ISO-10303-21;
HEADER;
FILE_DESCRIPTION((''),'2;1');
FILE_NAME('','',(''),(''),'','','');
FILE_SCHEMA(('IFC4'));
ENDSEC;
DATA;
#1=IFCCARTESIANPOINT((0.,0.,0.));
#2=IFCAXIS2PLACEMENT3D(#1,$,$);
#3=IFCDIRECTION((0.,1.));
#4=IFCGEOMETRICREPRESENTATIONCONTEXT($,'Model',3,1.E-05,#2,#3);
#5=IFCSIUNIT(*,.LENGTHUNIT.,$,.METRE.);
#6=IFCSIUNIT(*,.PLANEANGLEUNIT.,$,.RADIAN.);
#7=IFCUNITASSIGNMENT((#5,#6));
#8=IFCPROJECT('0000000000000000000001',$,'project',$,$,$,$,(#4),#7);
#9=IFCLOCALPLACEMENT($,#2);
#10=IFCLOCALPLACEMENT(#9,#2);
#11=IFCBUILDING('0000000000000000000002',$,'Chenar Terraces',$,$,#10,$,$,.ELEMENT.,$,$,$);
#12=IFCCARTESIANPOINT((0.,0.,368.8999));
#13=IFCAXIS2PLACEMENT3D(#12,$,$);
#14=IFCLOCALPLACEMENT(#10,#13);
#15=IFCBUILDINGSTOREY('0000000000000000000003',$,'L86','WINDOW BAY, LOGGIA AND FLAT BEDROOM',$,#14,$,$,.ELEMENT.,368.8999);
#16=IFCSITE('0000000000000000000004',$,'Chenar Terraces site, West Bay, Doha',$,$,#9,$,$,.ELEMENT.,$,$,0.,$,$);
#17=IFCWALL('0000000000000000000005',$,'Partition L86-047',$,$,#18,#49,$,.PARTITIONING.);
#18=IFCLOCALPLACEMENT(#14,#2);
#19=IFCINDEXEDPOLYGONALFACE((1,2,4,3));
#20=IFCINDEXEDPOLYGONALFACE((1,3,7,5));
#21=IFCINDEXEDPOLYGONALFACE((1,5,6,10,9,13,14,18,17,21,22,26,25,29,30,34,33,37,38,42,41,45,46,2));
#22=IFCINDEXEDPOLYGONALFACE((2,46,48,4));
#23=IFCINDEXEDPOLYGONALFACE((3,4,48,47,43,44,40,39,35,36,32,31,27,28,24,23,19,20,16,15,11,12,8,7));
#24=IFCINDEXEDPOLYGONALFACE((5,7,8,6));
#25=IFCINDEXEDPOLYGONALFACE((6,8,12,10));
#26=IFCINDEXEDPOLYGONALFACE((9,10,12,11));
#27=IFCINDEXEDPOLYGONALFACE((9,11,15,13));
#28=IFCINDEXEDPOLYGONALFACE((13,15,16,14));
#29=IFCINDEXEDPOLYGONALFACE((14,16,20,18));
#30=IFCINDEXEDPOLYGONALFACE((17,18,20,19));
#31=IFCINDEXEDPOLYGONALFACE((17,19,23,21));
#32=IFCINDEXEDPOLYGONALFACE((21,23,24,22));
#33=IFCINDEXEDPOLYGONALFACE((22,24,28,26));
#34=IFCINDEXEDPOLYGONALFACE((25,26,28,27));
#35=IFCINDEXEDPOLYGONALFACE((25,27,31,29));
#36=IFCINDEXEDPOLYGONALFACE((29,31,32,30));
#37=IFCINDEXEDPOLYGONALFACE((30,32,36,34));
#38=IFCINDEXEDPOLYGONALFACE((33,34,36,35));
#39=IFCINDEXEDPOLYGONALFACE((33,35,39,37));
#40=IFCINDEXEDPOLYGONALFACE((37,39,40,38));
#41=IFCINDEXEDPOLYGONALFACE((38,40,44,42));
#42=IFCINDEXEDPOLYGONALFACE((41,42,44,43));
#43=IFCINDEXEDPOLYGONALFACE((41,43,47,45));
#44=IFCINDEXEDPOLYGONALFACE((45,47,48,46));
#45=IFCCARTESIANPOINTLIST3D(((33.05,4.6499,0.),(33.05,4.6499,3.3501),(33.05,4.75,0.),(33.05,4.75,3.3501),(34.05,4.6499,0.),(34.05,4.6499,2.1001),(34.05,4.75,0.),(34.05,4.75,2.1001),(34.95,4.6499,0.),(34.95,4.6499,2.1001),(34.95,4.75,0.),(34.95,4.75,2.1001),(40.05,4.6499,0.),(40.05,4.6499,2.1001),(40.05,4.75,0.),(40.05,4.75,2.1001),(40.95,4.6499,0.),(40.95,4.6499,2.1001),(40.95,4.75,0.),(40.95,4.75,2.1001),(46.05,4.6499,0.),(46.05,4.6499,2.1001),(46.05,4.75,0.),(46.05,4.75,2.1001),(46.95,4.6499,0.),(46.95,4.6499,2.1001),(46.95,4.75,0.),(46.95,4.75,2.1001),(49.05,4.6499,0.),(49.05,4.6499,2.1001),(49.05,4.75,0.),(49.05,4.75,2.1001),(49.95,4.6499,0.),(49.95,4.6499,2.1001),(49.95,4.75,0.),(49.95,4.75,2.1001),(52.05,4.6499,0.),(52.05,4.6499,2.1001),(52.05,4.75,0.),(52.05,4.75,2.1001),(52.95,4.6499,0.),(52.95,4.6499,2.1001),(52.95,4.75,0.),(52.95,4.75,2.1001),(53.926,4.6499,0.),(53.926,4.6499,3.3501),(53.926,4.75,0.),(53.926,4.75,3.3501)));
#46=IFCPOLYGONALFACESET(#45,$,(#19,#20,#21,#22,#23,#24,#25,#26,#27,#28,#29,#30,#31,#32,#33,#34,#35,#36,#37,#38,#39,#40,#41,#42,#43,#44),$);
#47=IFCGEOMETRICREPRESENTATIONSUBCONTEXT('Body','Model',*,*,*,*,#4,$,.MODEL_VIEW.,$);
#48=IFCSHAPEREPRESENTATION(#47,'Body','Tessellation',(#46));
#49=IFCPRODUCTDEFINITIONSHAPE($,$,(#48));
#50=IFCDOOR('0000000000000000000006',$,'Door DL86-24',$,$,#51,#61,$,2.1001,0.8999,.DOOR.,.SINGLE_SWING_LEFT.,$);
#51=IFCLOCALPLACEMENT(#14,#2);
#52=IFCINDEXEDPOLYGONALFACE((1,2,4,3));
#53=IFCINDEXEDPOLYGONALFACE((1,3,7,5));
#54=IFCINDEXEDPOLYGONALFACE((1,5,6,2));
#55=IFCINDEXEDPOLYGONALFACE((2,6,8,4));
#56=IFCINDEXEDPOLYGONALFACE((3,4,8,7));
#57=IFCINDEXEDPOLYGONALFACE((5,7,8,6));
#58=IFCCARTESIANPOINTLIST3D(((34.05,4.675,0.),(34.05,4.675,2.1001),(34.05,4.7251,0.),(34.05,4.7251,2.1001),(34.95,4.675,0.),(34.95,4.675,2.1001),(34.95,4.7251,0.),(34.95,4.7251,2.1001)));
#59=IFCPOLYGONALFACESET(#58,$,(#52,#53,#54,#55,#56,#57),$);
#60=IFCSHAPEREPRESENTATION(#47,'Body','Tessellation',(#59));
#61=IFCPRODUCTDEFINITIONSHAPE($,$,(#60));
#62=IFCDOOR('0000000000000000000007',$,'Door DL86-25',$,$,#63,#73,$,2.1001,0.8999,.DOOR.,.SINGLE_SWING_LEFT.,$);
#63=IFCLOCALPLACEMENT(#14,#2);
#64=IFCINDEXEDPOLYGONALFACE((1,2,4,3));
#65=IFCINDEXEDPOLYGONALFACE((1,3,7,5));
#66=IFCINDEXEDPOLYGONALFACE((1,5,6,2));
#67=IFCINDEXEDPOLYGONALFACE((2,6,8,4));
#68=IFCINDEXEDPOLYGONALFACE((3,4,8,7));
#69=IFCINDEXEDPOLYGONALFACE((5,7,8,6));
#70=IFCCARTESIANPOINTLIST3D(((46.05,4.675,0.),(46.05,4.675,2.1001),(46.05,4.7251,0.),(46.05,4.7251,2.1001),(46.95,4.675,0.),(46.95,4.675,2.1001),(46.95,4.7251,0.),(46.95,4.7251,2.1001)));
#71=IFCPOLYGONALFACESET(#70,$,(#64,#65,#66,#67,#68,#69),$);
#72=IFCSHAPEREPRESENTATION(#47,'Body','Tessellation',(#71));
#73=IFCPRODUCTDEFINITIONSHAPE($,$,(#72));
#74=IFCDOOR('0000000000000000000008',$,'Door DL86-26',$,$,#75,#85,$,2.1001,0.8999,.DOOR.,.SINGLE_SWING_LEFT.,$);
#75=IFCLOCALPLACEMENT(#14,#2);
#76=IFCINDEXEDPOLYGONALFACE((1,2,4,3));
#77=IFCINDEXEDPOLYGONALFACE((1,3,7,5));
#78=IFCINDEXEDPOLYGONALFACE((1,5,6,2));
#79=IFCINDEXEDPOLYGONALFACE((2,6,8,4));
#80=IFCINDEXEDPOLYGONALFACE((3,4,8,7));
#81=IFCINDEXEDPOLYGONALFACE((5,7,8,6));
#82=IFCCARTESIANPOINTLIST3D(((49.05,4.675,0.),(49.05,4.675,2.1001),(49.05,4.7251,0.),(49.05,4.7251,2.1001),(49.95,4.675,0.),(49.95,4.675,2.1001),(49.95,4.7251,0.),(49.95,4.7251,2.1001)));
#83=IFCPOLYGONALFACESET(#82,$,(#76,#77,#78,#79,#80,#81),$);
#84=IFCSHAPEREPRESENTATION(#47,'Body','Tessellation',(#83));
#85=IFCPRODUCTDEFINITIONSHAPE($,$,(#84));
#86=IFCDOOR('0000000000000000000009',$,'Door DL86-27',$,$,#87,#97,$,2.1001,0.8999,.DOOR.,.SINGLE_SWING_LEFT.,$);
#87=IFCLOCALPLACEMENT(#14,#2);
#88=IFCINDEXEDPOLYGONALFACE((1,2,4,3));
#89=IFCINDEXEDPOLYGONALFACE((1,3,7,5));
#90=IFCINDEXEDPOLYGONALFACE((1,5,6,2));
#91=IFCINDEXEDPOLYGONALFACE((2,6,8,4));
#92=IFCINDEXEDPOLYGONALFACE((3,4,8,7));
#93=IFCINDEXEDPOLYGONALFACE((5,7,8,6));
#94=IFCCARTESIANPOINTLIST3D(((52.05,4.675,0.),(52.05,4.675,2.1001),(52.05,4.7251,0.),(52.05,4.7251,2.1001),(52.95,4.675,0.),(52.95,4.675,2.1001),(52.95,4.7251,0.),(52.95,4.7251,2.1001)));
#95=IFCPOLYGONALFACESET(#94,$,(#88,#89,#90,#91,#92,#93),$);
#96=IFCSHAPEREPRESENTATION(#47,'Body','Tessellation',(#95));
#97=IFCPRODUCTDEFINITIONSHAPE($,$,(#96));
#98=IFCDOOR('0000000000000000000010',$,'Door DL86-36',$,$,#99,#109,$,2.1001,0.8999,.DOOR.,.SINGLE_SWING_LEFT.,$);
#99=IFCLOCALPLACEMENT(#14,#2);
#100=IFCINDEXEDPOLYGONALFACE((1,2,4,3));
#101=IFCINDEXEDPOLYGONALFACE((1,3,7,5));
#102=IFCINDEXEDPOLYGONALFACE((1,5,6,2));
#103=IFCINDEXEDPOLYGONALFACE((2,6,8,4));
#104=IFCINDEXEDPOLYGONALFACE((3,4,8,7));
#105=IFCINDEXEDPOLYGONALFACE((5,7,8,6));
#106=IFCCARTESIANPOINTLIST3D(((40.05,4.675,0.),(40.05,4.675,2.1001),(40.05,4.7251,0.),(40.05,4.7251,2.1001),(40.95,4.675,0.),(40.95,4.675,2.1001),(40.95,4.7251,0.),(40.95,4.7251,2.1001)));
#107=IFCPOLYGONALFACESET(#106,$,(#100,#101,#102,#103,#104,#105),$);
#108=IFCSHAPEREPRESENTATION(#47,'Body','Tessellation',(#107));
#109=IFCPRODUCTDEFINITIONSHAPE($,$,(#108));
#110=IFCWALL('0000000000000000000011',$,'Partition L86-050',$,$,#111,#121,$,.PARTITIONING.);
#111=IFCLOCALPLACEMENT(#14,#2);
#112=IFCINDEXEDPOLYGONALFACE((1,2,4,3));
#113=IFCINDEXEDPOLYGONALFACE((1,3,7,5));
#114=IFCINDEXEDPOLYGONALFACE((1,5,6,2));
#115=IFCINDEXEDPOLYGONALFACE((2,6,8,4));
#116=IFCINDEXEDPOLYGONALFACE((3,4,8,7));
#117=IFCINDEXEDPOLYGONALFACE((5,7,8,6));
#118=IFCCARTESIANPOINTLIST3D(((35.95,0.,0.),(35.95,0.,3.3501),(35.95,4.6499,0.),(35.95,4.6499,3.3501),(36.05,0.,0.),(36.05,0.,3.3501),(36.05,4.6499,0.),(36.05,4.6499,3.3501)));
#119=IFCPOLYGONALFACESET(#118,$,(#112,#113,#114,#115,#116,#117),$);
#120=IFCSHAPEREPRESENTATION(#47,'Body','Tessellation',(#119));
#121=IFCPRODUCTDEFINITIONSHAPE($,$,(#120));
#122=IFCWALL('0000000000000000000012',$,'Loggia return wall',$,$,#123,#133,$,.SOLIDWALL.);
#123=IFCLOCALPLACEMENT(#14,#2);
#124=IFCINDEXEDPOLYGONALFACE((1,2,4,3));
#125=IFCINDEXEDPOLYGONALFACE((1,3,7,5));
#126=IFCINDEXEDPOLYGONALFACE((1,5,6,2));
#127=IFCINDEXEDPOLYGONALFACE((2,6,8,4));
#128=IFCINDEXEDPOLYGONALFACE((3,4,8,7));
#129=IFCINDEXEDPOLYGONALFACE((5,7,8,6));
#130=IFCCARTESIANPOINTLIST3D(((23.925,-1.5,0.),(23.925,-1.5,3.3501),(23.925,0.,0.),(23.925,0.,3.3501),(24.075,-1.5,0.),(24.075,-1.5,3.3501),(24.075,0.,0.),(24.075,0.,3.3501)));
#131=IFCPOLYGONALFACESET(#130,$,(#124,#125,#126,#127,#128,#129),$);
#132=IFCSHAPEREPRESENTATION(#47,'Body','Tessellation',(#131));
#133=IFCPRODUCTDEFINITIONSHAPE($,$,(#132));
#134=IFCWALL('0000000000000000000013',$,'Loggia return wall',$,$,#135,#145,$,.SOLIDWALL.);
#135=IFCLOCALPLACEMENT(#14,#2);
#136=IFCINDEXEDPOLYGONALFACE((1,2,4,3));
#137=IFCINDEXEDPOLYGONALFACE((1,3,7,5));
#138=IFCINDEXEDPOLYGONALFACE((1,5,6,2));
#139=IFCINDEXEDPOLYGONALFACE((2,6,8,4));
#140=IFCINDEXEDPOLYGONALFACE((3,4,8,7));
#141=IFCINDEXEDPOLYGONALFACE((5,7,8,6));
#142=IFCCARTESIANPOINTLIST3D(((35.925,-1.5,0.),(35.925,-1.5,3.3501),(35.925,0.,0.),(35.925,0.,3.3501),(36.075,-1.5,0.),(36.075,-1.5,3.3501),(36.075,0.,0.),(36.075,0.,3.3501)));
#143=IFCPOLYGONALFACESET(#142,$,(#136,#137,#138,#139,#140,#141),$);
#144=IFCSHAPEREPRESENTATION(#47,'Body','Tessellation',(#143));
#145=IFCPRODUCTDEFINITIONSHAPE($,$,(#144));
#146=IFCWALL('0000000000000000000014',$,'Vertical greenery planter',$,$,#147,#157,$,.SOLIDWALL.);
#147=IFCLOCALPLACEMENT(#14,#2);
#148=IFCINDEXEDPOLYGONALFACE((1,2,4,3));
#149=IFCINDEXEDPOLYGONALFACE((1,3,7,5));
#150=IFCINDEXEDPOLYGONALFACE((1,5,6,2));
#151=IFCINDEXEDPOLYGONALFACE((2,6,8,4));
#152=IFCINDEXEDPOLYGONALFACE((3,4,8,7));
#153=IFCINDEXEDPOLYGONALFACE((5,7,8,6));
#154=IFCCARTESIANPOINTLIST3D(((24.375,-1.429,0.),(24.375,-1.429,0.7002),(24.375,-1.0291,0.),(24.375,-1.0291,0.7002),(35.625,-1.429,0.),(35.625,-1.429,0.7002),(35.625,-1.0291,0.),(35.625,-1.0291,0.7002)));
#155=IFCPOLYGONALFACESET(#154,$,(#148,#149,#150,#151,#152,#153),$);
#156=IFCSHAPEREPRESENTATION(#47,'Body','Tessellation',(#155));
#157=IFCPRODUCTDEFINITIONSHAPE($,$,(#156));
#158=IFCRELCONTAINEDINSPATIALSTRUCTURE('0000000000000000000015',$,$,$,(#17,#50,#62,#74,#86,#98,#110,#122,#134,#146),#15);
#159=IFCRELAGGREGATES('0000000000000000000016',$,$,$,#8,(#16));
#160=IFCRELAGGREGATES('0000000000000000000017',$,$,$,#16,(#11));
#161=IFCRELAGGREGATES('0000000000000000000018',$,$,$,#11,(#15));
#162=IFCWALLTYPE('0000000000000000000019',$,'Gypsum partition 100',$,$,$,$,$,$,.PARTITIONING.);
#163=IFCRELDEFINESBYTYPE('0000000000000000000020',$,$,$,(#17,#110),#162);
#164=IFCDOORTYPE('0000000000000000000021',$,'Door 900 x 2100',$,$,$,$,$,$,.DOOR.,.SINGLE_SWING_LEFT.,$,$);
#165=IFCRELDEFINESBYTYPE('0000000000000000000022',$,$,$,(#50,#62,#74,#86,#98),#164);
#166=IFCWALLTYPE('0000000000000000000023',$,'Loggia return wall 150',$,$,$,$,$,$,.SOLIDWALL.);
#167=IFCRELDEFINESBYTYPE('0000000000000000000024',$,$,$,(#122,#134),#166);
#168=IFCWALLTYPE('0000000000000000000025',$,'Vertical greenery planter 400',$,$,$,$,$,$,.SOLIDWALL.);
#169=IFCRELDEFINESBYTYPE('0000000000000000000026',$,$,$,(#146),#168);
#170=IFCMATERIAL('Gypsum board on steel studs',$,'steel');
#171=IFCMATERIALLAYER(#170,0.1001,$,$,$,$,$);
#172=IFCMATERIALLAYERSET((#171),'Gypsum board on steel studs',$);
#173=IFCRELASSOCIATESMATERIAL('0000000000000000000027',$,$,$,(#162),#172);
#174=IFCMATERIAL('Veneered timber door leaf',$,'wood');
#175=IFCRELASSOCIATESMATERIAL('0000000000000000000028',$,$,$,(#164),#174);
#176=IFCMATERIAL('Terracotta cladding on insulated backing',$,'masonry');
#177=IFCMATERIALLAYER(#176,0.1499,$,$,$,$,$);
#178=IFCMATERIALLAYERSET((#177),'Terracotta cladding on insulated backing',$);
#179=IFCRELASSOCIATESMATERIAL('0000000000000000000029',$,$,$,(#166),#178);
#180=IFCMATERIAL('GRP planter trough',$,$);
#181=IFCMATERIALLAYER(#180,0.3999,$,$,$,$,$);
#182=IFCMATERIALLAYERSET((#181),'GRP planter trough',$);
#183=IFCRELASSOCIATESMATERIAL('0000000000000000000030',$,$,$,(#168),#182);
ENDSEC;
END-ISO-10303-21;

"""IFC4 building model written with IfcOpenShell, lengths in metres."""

from ifc_helpers import new_model, si_unit, direction, frame, frame_2d, origin, place, context, subcontext, project, spatial, rectangle, extrude, material, layer, layer_set, type_object, element, fill, save


model = new_model("IFC4")

# Units and contexts
model_context = context("Model", 3, precision=1e-05, world=origin(), true_north=direction((0.0, 1.0)))
body_context = subcontext(model_context, "Body", "Model", "MODEL_VIEW")
ifc_project = project(units=[si_unit("LENGTHUNIT", "METRE"), si_unit("PLANEANGLEUNIT", "RADIAN")], contexts=[model_context])

# Site, building, storey
site_placement = place(None, origin())
site = spatial("IfcSite", under=ifc_project, at=site_placement, Name="Chenar Terraces site, West Bay, Doha", CompositionType="ELEMENT", RefElevation=0.0)
building_placement = place(site_placement, origin())
building = spatial("IfcBuilding", under=site, at=building_placement, Name="Chenar Terraces", CompositionType="ELEMENT")
storey_placement = place(building_placement, frame((0.0, 0.0, 368.8999)))
storey = spatial("IfcBuildingStorey", under=building, at=storey_placement, Name="L86", Description="WINDOW BAY, LOGGIA AND FLAT BEDROOM", CompositionType="ELEMENT", Elevation=368.8999)

# Shared definitions
ifc_material_1 = material(Name="Gypsum board on steel studs", Category="steel")
ifc_layer_1 = layer(ifc_material_1, 0.1001)
ifc_layer_set_1 = layer_set([ifc_layer_1], Name="Gypsum board on steel studs")
wall_type_1 = type_object("IfcWallType", Name="Gypsum partition 100", PredefinedType="PARTITIONING", material=ifc_layer_set_1)

# Wall, openings, doors
wall_1_placement = place(storey_placement, frame((33.05, 4.7, 0.0), z_axis=(0.0, 0.0, 1.0), x_axis=(1.0, 0.0, 0.0)))
wall_1 = element("IfcWall", 1, at=wall_1_placement, inside=storey, type_object=wall_type_1, Name="Partition L86-047", PredefinedType="PARTITIONING", context=body_context, shape_type="SweptSolid", body=[
    extrude(rectangle(XDim=20.876, YDim=0.1001, at=frame_2d((10.438, 0.0))), origin(), (0.0, 0.0, 1.0), 3.3501),
])
opening_1_placement = place(wall_1_placement, frame((1.0, 0.0, 0.0)))
opening_1 = element("IfcOpeningElement", 2, at=opening_1_placement, cuts=wall_1, PredefinedType="OPENING", context=body_context, shape_type="SweptSolid", body=[
    extrude(rectangle(XDim=0.8999, YDim=2.1001, at=frame_2d((0.45, 1.05))), frame((0.0, 0.0601, 0.0), z_axis=(0.0, -1.0, 0.0), x_axis=(1.0, 0.0, 0.0)), (0.0, 0.0, 1.0), 0.1201),
])
opening_2_placement = place(wall_1_placement, frame((13.0, 0.0, 0.0)))
opening_2 = element("IfcOpeningElement", 3, at=opening_2_placement, cuts=wall_1, PredefinedType="OPENING", context=body_context, shape_type="SweptSolid", body=[
    extrude(rectangle(XDim=0.8999, YDim=2.1001, at=frame_2d((0.45, 1.05))), frame((0.0, 0.0601, 0.0), z_axis=(0.0, -1.0, 0.0), x_axis=(1.0, 0.0, 0.0)), (0.0, 0.0, 1.0), 0.1201),
])
opening_3_placement = place(wall_1_placement, frame((16.0, 0.0, 0.0)))
opening_3 = element("IfcOpeningElement", 4, at=opening_3_placement, cuts=wall_1, PredefinedType="OPENING", context=body_context, shape_type="SweptSolid", body=[
    extrude(rectangle(XDim=0.8999, YDim=2.1001, at=frame_2d((0.45, 1.05))), frame((0.0, 0.0601, 0.0), z_axis=(0.0, -1.0, 0.0), x_axis=(1.0, 0.0, 0.0)), (0.0, 0.0, 1.0), 0.1201),
])
opening_4_placement = place(wall_1_placement, frame((19.0, 0.0, 0.0)))
opening_4 = element("IfcOpeningElement", 5, at=opening_4_placement, cuts=wall_1, PredefinedType="OPENING", context=body_context, shape_type="SweptSolid", body=[
    extrude(rectangle(XDim=0.8999, YDim=2.1001, at=frame_2d((0.45, 1.05))), frame((0.0, 0.0601, 0.0), z_axis=(0.0, -1.0, 0.0), x_axis=(1.0, 0.0, 0.0)), (0.0, 0.0, 1.0), 0.1201),
])
opening_5_placement = place(wall_1_placement, frame((7.0, 0.0, 0.0)))
opening_5 = element("IfcOpeningElement", 6, at=opening_5_placement, cuts=wall_1, PredefinedType="OPENING", context=body_context, shape_type="SweptSolid", body=[
    extrude(rectangle(XDim=0.8999, YDim=2.1001, at=frame_2d((0.45, 1.05))), frame((0.0, 0.0601, 0.0), z_axis=(0.0, -1.0, 0.0), x_axis=(1.0, 0.0, 0.0)), (0.0, 0.0, 1.0), 0.1201),
])
ifc_material_2 = material(Name="Veneered timber door leaf", Category="wood")
door_type_1 = type_object("IfcDoorType", Name="Door 900 x 2100", OperationType="SINGLE_SWING_LEFT", PredefinedType="DOOR", material=ifc_material_2)
door_1_placement = place(opening_1_placement, frame((0.8999, 0.0, 0.0), z_axis=(0.0, 0.0, 1.0), x_axis=(-1.0, 0.0, 0.0)))
door_1 = element("IfcDoor", 7, at=door_1_placement, inside=storey, type_object=door_type_1, Name="Door DL86-24", OperationType="SINGLE_SWING_LEFT", OverallHeight=2.1001, OverallWidth=0.8999, PredefinedType="DOOR", context=body_context, shape_type="SweptSolid", body=[
    extrude(rectangle(XDim=0.8999, YDim=2.1001, at=frame_2d((0.45, 1.05))), frame((0.0, 0.0249, 0.0), z_axis=(0.0, -1.0, 0.0), x_axis=(1.0, 0.0, 0.0)), (0.0, 0.0, 1.0), 0.05),
])
fill(opening_1, door_1)
door_2_placement = place(opening_2_placement, frame((0.8999, 0.0, 0.0), z_axis=(0.0, 0.0, 1.0), x_axis=(-1.0, 0.0, 0.0)))
door_2 = element("IfcDoor", 8, at=door_2_placement, inside=storey, type_object=door_type_1, Name="Door DL86-25", OperationType="SINGLE_SWING_LEFT", OverallHeight=2.1001, OverallWidth=0.8999, PredefinedType="DOOR", context=body_context, shape_type="SweptSolid", body=[
    extrude(rectangle(XDim=0.8999, YDim=2.1001, at=frame_2d((0.45, 1.05))), frame((0.0, 0.0249, 0.0), z_axis=(0.0, -1.0, 0.0), x_axis=(1.0, 0.0, 0.0)), (0.0, 0.0, 1.0), 0.05),
])
fill(opening_2, door_2)
door_3_placement = place(opening_3_placement, frame((0.8999, 0.0, 0.0), z_axis=(0.0, 0.0, 1.0), x_axis=(-1.0, 0.0, 0.0)))
door_3 = element("IfcDoor", 9, at=door_3_placement, inside=storey, type_object=door_type_1, Name="Door DL86-26", OperationType="SINGLE_SWING_LEFT", OverallHeight=2.1001, OverallWidth=0.8999, PredefinedType="DOOR", context=body_context, shape_type="SweptSolid", body=[
    extrude(rectangle(XDim=0.8999, YDim=2.1001, at=frame_2d((0.45, 1.05))), frame((0.0, 0.0249, 0.0), z_axis=(0.0, -1.0, 0.0), x_axis=(1.0, 0.0, 0.0)), (0.0, 0.0, 1.0), 0.05),
])
fill(opening_3, door_3)
door_4_placement = place(opening_4_placement, frame((0.8999, 0.0, 0.0), z_axis=(0.0, 0.0, 1.0), x_axis=(-1.0, 0.0, 0.0)))
door_4 = element("IfcDoor", 10, at=door_4_placement, inside=storey, type_object=door_type_1, Name="Door DL86-27", OperationType="SINGLE_SWING_LEFT", OverallHeight=2.1001, OverallWidth=0.8999, PredefinedType="DOOR", context=body_context, shape_type="SweptSolid", body=[
    extrude(rectangle(XDim=0.8999, YDim=2.1001, at=frame_2d((0.45, 1.05))), frame((0.0, 0.0249, 0.0), z_axis=(0.0, -1.0, 0.0), x_axis=(1.0, 0.0, 0.0)), (0.0, 0.0, 1.0), 0.05),
])
fill(opening_4, door_4)
door_5_placement = place(opening_5_placement, frame((0.8999, 0.0, 0.0), z_axis=(0.0, 0.0, 1.0), x_axis=(-1.0, 0.0, 0.0)))
door_5 = element("IfcDoor", 11, at=door_5_placement, inside=storey, type_object=door_type_1, Name="Door DL86-36", OperationType="SINGLE_SWING_LEFT", OverallHeight=2.1001, OverallWidth=0.8999, PredefinedType="DOOR", context=body_context, shape_type="SweptSolid", body=[
    extrude(rectangle(XDim=0.8999, YDim=2.1001, at=frame_2d((0.45, 1.05))), frame((0.0, 0.0249, 0.0), z_axis=(0.0, -1.0, 0.0), x_axis=(1.0, 0.0, 0.0)), (0.0, 0.0, 1.0), 0.05),
])
fill(opening_5, door_5)

# Walls
wall_2_placement = place(storey_placement, frame((36.0, 0.0, 0.0), z_axis=(0.0, 0.0, 1.0), x_axis=(0.0, 1.0, 0.0)))
element("IfcWall", 12, at=wall_2_placement, inside=storey, type_object=wall_type_1, Name="Partition L86-050", PredefinedType="PARTITIONING", context=body_context, shape_type="SweptSolid", body=[
    extrude(rectangle(XDim=4.6499, YDim=0.1001, at=frame_2d((2.325, 0.0))), origin(), (0.0, 0.0, 1.0), 3.3501),
])
ifc_material_3 = material(Name="Terracotta cladding on insulated backing", Category="masonry")
ifc_layer_2 = layer(ifc_material_3, 0.1499)
ifc_layer_set_2 = layer_set([ifc_layer_2], Name="Terracotta cladding on insulated backing")
wall_type_2 = type_object("IfcWallType", Name="Loggia return wall 150", PredefinedType="SOLIDWALL", material=ifc_layer_set_2)
for number, where, z_axis, x_axis, name in (
    (13, (24.0, -1.5, 0.0), (0.0, 0.0, 1.0), (0.0, 1.0, 0.0), "Loggia return wall"),
    (14, (36.0, -1.5, 0.0), (0.0, 0.0, 1.0), (0.0, 1.0, 0.0), "Loggia return wall"),
):
    element("IfcWall", number, at=place(storey_placement, frame(where, z_axis=z_axis, x_axis=x_axis)), inside=storey, type_object=wall_type_2, Name=name, PredefinedType="SOLIDWALL", context=body_context, shape_type="SweptSolid", body=[
        extrude(rectangle(XDim=1.5, YDim=0.1499, at=frame_2d((0.75, 0.0))), origin(), (0.0, 0.0, 1.0), 3.3501),
    ])
ifc_material_4 = material(Name="GRP planter trough")
ifc_layer_3 = layer(ifc_material_4, 0.3999)
ifc_layer_set_3 = layer_set([ifc_layer_3], Name="GRP planter trough")
wall_type_3 = type_object("IfcWallType", Name="Vertical greenery planter 400", PredefinedType="SOLIDWALL", material=ifc_layer_set_3)
wall_3_placement = place(storey_placement, frame((24.375, -1.229, 0.0), z_axis=(0.0, 0.0, 1.0), x_axis=(1.0, 0.0, 0.0)))
element("IfcWall", 15, at=wall_3_placement, inside=storey, type_object=wall_type_3, Name="Vertical greenery planter", PredefinedType="SOLIDWALL", context=body_context, shape_type="SweptSolid", body=[
    extrude(rectangle(XDim=11.25, YDim=0.3999, at=frame_2d((5.625, 0.0))), origin(), (0.0, 0.0, 1.0), 0.7002),
])

save(model, "model.ifc")
